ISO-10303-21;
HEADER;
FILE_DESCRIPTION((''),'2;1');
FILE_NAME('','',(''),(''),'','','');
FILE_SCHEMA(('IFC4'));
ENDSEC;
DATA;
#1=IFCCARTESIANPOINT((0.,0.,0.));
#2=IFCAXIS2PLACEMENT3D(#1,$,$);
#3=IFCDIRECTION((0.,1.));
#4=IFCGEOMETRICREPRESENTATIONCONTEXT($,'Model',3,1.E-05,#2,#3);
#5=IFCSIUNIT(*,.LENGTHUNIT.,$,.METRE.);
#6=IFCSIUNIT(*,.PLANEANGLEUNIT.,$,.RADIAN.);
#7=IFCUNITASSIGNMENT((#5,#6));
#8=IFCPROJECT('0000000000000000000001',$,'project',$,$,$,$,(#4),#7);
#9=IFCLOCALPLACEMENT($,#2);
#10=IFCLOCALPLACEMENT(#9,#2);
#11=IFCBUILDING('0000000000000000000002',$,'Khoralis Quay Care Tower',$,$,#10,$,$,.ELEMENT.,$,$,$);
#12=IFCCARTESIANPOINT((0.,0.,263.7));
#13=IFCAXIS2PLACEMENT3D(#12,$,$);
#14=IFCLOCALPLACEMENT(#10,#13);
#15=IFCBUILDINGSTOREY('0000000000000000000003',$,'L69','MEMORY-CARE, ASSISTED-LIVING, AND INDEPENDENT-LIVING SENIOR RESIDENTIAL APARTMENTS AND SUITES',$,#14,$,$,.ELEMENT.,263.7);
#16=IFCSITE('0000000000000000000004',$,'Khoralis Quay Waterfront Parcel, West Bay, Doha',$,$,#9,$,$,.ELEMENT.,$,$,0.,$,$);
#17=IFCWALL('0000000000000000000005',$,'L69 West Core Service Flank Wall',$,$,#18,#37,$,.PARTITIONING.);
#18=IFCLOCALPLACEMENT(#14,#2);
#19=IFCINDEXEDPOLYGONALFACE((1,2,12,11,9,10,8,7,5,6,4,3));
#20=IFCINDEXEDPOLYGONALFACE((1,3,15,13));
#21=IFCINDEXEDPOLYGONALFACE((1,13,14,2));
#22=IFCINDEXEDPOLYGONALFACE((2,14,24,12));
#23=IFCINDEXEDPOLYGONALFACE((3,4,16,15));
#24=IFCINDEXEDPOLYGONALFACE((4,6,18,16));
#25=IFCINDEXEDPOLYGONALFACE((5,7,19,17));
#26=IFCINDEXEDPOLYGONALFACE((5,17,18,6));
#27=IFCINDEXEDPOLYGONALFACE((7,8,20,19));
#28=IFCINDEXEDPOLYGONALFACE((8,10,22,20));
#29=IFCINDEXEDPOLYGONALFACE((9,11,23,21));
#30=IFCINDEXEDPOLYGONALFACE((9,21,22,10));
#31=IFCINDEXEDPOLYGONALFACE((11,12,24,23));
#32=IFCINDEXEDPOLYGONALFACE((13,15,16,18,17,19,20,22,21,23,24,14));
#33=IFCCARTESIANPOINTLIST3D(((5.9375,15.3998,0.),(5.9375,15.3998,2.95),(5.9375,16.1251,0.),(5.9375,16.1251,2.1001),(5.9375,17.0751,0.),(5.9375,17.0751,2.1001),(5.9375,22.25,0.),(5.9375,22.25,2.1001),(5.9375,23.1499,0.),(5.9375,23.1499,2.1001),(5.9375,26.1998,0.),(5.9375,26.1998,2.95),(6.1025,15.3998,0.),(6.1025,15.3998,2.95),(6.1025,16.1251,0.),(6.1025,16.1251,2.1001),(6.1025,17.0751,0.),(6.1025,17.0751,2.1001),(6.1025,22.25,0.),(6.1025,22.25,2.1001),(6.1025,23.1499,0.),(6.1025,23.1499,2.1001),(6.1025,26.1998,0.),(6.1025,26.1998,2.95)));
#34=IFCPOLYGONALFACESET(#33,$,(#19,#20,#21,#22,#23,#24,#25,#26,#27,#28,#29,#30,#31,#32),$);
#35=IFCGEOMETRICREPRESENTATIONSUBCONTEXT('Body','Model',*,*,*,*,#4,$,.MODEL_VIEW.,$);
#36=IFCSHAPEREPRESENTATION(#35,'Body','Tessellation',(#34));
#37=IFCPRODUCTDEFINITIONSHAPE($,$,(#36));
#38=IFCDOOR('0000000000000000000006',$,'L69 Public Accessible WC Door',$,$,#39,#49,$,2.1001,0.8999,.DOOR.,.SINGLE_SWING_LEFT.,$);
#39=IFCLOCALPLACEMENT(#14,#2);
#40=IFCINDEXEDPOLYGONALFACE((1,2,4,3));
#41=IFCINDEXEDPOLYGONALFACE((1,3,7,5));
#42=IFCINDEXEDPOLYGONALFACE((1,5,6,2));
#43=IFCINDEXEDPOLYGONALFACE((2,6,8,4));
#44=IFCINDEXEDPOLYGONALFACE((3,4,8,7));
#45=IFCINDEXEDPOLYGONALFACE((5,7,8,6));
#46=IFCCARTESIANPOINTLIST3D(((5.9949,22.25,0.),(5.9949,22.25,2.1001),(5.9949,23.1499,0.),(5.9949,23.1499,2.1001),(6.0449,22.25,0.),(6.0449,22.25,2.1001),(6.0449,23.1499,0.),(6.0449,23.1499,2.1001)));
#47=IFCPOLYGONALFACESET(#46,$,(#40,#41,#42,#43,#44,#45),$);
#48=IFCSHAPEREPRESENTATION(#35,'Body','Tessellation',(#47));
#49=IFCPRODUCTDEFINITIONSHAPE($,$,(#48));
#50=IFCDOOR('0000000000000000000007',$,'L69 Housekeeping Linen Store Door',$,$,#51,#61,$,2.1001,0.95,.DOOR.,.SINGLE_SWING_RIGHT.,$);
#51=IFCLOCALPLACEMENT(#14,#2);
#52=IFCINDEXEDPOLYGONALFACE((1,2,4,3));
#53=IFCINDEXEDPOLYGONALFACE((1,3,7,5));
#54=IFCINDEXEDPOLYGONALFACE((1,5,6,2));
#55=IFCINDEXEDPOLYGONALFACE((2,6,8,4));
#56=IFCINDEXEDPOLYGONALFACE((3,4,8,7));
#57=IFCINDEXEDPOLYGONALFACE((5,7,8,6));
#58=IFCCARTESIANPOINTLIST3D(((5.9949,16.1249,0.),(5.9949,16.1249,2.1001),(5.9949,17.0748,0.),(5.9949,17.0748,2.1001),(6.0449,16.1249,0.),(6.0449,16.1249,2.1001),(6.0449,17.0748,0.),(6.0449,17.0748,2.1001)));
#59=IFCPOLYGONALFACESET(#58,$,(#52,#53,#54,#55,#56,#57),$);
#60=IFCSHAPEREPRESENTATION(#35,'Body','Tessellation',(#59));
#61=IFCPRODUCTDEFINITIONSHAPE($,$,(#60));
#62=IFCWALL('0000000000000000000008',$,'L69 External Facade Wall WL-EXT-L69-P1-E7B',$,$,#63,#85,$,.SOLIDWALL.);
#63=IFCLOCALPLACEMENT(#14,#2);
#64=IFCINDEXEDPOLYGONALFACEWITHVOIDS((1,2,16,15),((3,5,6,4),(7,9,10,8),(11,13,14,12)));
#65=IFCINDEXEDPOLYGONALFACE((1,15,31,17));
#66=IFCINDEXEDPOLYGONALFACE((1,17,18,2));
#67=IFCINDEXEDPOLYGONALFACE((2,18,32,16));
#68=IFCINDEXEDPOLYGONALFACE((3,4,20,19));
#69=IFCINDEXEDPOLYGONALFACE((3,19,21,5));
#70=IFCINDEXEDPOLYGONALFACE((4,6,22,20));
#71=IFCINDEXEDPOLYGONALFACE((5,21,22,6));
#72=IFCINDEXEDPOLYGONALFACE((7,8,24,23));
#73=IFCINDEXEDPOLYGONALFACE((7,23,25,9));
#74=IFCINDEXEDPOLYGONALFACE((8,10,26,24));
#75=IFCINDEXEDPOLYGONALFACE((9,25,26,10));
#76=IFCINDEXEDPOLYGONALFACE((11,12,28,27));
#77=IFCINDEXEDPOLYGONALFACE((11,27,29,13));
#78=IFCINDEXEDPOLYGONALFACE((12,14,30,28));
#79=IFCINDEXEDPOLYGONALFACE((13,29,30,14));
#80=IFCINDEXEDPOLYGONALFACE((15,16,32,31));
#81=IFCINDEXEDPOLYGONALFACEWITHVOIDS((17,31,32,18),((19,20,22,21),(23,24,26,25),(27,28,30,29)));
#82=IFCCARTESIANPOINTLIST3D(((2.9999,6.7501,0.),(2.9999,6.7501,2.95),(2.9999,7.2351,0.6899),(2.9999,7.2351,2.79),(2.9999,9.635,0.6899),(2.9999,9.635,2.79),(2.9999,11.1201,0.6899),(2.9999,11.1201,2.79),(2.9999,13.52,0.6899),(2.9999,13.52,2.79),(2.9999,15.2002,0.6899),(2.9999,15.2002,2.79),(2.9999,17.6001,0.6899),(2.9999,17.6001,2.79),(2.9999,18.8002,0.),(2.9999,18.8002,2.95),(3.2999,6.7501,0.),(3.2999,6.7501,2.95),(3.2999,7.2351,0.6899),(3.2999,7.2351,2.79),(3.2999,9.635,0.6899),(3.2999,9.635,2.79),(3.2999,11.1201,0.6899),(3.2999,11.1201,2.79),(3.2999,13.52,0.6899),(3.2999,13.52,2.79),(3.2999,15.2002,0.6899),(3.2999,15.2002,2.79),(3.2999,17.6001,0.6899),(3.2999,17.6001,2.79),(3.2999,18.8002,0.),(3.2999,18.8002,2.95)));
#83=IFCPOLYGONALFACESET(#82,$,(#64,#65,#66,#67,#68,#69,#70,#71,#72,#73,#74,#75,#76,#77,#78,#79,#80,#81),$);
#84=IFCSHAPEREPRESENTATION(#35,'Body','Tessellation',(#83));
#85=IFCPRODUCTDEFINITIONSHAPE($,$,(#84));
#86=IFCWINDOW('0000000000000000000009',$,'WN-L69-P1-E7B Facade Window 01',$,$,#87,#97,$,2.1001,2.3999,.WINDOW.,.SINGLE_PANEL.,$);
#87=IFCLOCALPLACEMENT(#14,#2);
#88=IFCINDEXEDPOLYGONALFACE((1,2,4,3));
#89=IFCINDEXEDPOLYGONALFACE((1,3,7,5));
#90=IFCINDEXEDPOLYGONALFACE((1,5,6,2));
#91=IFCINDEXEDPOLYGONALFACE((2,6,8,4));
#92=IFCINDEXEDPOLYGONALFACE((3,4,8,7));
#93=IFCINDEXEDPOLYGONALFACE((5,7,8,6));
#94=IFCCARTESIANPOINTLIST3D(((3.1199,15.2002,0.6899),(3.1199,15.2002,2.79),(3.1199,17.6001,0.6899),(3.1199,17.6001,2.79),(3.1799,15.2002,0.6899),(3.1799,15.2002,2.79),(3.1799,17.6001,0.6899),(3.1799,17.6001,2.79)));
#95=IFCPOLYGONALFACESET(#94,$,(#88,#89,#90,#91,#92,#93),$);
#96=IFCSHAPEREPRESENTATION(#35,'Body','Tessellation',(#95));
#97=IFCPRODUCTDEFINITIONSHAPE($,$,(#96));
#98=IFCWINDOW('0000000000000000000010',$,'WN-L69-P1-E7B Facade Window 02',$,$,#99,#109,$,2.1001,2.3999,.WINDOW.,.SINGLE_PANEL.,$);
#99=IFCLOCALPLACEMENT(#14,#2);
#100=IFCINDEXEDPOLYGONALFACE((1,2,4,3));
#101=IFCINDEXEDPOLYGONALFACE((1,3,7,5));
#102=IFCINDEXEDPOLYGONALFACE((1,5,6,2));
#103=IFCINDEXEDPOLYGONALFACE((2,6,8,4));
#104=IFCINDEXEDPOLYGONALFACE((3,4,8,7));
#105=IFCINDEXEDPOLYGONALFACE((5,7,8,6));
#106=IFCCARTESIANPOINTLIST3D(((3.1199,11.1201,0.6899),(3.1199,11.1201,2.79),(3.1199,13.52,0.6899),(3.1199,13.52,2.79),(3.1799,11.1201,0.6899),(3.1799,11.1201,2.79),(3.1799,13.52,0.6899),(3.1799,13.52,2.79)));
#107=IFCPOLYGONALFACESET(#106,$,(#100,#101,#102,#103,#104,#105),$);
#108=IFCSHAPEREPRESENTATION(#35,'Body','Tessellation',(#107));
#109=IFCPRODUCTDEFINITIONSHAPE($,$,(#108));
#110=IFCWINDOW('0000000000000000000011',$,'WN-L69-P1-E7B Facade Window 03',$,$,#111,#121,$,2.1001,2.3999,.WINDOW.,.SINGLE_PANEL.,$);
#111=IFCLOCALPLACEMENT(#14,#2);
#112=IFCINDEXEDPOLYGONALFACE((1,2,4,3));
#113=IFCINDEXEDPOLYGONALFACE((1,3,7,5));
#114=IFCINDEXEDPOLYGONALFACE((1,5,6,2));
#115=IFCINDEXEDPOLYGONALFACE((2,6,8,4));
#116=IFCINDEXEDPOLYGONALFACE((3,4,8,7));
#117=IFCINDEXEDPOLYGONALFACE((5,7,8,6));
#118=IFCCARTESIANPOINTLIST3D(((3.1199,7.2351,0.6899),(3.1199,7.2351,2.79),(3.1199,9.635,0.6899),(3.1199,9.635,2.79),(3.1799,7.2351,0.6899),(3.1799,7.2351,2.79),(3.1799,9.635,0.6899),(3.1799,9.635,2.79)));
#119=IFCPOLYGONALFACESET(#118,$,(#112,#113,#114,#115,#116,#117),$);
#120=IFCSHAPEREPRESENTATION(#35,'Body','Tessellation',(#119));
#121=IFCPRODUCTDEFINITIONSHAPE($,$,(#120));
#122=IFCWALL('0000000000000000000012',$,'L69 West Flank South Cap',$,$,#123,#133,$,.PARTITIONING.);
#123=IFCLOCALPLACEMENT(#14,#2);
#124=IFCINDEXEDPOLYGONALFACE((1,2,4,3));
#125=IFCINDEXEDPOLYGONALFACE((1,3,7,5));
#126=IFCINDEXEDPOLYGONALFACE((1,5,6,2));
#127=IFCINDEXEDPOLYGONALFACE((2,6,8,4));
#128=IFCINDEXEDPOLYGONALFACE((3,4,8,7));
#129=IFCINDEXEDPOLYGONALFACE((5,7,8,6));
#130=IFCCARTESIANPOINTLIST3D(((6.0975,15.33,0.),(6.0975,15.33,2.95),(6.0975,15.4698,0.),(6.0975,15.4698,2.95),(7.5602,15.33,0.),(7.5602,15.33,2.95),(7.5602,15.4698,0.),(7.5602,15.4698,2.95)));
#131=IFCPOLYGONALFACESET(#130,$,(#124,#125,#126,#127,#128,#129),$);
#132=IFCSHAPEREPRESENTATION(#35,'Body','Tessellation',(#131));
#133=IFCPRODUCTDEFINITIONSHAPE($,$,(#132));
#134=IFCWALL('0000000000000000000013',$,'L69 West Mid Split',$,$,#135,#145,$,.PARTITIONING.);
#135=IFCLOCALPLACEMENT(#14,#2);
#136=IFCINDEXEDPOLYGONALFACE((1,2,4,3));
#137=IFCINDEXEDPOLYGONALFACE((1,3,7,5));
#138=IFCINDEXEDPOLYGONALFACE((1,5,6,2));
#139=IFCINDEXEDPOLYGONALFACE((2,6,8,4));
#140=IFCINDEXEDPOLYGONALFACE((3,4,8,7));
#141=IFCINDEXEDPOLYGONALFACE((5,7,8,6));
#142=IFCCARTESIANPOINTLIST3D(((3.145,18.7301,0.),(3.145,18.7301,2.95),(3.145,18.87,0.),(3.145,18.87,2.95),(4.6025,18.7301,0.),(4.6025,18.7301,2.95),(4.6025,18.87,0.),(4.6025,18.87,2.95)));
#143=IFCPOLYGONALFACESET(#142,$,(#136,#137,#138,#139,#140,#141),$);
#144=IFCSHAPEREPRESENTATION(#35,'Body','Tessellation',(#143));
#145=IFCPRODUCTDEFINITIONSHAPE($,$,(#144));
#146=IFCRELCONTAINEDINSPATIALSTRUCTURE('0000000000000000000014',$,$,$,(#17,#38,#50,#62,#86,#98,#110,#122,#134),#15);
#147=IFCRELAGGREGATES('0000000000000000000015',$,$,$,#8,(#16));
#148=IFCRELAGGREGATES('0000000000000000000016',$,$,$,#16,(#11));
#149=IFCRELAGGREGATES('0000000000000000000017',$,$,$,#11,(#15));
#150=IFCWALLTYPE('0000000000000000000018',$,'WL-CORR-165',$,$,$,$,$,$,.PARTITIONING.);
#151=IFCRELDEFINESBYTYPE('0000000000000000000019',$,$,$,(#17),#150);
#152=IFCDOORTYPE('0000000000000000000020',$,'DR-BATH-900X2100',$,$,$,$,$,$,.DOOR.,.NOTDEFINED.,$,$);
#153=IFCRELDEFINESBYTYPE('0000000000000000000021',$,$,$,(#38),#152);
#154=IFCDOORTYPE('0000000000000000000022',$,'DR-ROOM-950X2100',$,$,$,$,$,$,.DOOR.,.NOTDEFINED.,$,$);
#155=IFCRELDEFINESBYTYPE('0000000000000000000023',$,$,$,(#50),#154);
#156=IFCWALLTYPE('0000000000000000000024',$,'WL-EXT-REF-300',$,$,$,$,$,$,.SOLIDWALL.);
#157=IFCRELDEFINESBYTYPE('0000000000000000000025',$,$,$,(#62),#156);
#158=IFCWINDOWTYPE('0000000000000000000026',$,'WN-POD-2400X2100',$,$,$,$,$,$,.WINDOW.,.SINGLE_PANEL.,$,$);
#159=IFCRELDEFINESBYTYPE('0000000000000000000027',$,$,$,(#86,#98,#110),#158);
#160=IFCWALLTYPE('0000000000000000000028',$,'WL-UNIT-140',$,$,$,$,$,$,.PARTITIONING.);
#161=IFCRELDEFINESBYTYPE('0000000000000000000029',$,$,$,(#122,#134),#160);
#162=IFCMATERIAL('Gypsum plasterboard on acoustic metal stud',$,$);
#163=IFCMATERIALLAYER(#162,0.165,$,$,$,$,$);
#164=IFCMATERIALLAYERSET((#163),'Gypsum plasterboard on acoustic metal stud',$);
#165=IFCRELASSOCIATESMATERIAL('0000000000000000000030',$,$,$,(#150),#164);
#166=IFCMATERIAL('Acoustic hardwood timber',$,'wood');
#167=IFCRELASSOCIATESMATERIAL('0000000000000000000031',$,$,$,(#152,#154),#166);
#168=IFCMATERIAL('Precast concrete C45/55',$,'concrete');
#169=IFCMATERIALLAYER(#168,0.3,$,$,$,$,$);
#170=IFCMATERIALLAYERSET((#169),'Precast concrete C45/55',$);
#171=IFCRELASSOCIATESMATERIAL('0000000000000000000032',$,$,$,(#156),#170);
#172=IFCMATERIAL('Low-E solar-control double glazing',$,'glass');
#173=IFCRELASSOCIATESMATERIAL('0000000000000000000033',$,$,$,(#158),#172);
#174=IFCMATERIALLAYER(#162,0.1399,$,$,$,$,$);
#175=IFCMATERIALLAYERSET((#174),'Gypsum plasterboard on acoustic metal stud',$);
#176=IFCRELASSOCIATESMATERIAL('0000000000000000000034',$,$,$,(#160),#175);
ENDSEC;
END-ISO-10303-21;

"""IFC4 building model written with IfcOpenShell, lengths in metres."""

from ifc_helpers import new_model, si_unit, direction, frame, frame_2d, origin, place, context, subcontext, project, spatial, rectangle, extrude, source, transform, mapped, material, layer, layer_set, type_object, element, fill, save


model = new_model("IFC4")

# Units and contexts
model_context = context("Model", 3, precision=1e-05, world=origin(), true_north=direction((0.0, 1.0)))
body_context = subcontext(model_context, "Body", "Model", "MODEL_VIEW")
ifc_project = project(units=[si_unit("LENGTHUNIT", "METRE"), si_unit("PLANEANGLEUNIT", "RADIAN")], contexts=[model_context])

# Site, building, storey
site_placement = place(None, origin())
site = spatial("IfcSite", under=ifc_project, at=site_placement, Name="Khoralis Quay Waterfront Parcel, West Bay, Doha", CompositionType="ELEMENT", RefElevation=0.0)
building_placement = place(site_placement, origin())
building = spatial("IfcBuilding", under=site, at=building_placement, Name="Khoralis Quay Care Tower", CompositionType="ELEMENT")
storey_placement = place(building_placement, frame((0.0, 0.0, 263.7)))
storey = spatial("IfcBuildingStorey", under=building, at=storey_placement, Name="L69", Description="MEMORY-CARE, ASSISTED-LIVING, AND INDEPENDENT-LIVING SENIOR RESIDENTIAL APARTMENTS AND SUITES", CompositionType="ELEMENT", Elevation=263.7)

# Shared definitions
ifc_material_1 = material(Name="Gypsum plasterboard on acoustic metal stud")

# Wall, openings, doors
ifc_layer_1 = layer(ifc_material_1, 0.165)
ifc_layer_set_1 = layer_set([ifc_layer_1], Name="Gypsum plasterboard on acoustic metal stud")
wall_type_1 = type_object("IfcWallType", Name="WL-CORR-165", PredefinedType="PARTITIONING", material=ifc_layer_set_1)
wall_1_placement = place(storey_placement, frame((6.02, 15.3999, 0.0), z_axis=(0.0, 0.0, 1.0), x_axis=(0.0, 1.0, 0.0)))
wall_1 = element("IfcWall", 1, at=wall_1_placement, inside=storey, type_object=wall_type_1, Name="L69 West Core Service Flank Wall", PredefinedType="PARTITIONING", context=body_context, shape_type="SweptSolid", body=[
    extrude(rectangle(XDim=10.8, YDim=0.165, at=frame_2d((5.3999, 0.0))), origin(), (0.0, 0.0, 1.0), 2.95),
])
opening_1_placement = place(wall_1_placement, frame((0.7251, 0.0, 0.0)))
opening_1 = element("IfcOpeningElement", 2, at=opening_1_placement, cuts=wall_1, PredefinedType="OPENING", context=body_context, shape_type="SweptSolid", body=[
    extrude(rectangle(XDim=0.95, YDim=2.1001, at=frame_2d((0.4751, 1.05))), frame((0.0, 0.0925, 0.0), z_axis=(0.0, -1.0, 0.0), x_axis=(1.0, 0.0, 0.0)), (0.0, 0.0, 1.0), 0.1851),
])
opening_2_placement = place(wall_1_placement, frame((6.8501, 0.0, 0.0)))
opening_2 = element("IfcOpeningElement", 3, at=opening_2_placement, cuts=wall_1, PredefinedType="OPENING", context=body_context, shape_type="SweptSolid", body=[
    extrude(rectangle(XDim=0.8999, YDim=2.1001, at=frame_2d((0.45, 1.05))), frame((0.0, 0.0925, 0.0), z_axis=(0.0, -1.0, 0.0), x_axis=(1.0, 0.0, 0.0)), (0.0, 0.0, 1.0), 0.1851),
])
ifc_material_2 = material(Name="Acoustic hardwood timber", Category="wood")
door_type_1 = type_object("IfcDoorType", Name="DR-BATH-900X2100", OperationType="NOTDEFINED", PredefinedType="DOOR", material=ifc_material_2)
shared_shape_1 = source(origin(), body_context, "Body", "SweptSolid", [
    extrude(rectangle(XDim=0.8999, YDim=2.1001, at=frame_2d((0.45, 1.05))), frame((0.0, 0.0249, 0.0), z_axis=(0.0, -1.0, 0.0), x_axis=(1.0, 0.0, 0.0)), (0.0, 0.0, 1.0), 0.05),
])
door_1_placement = place(opening_2_placement, frame((0.8999, 0.0, 0.0), z_axis=(0.0, 0.0, 1.0), x_axis=(-1.0, 0.0, 0.0)))
door_1 = element("IfcDoor", 4, at=door_1_placement, inside=storey, type_object=door_type_1, Name="L69 Public Accessible WC Door", OperationType="SINGLE_SWING_LEFT", OverallHeight=2.1001, OverallWidth=0.8999, PredefinedType="DOOR", context=body_context, shape_type="MappedRepresentation", body=[
    mapped(shared_shape_1, transform((0.0, 0.0, 0.0), scale=1.0)),
])
fill(opening_2, door_1)
door_type_2 = type_object("IfcDoorType", Name="DR-ROOM-950X2100", OperationType="NOTDEFINED", PredefinedType="DOOR", material=ifc_material_2)
shared_shape_2 = source(origin(), body_context, "Body", "SweptSolid", [
    extrude(rectangle(XDim=0.95, YDim=2.1001, at=frame_2d((0.4751, 1.05))), frame((0.0, 0.0249, 0.0), z_axis=(0.0, -1.0, 0.0), x_axis=(1.0, 0.0, 0.0)), (0.0, 0.0, 1.0), 0.05),
])
door_2_placement = place(opening_1_placement, frame((0.95, 0.0, 0.0), z_axis=(0.0, 0.0, 1.0), x_axis=(-1.0, 0.0, 0.0)))
door_2 = element("IfcDoor", 5, at=door_2_placement, inside=storey, type_object=door_type_2, Name="L69 Housekeeping Linen Store Door", OperationType="SINGLE_SWING_RIGHT", OverallHeight=2.1001, OverallWidth=0.95, PredefinedType="DOOR", context=body_context, shape_type="MappedRepresentation", body=[
    mapped(shared_shape_2, transform((0.0, 0.0, 0.0), scale=1.0)),
])
fill(opening_1, door_2)

# Wall, openings, windows
ifc_material_3 = material(Name="Precast concrete C45/55", Category="concrete")
ifc_layer_2 = layer(ifc_material_3, 0.3)
ifc_layer_set_2 = layer_set([ifc_layer_2], Name="Precast concrete C45/55")
wall_type_2 = type_object("IfcWallType", Name="WL-EXT-REF-300", PredefinedType="SOLIDWALL", material=ifc_layer_set_2)
wall_2_placement = place(storey_placement, frame((3.1499, 18.8, 0.0), z_axis=(0.0, 0.0, 1.0), x_axis=(0.0, -1.0, 0.0)))
wall_2 = element("IfcWall", 6, at=wall_2_placement, inside=storey, type_object=wall_type_2, Name="L69 External Facade Wall WL-EXT-L69-P1-E7B", PredefinedType="SOLIDWALL", context=body_context, shape_type="SweptSolid", body=[
    extrude(rectangle(XDim=12.05, YDim=0.3, at=frame_2d((6.0249, 0.0))), origin(), (0.0, 0.0, 1.0), 2.95),
])
opening_3_placement = place(wall_2_placement, frame((1.2, 0.0, 0.6899)))
opening_3 = element("IfcOpeningElement", 7, at=opening_3_placement, cuts=wall_2, PredefinedType="OPENING", context=body_context, shape_type="SweptSolid", body=[
    extrude(rectangle(XDim=2.3999, YDim=2.1001, at=frame_2d((1.2, 1.05))), frame((0.0, 0.1602, 0.0), z_axis=(0.0, -1.0, 0.0), x_axis=(1.0, 0.0, 0.0)), (0.0, 0.0, 1.0), 0.3201),
])
opening_4_placement = place(wall_2_placement, frame((5.28, 0.0, 0.6899)))
opening_4 = element("IfcOpeningElement", 8, at=opening_4_placement, cuts=wall_2, PredefinedType="OPENING", context=body_context, shape_type="SweptSolid", body=[
    extrude(rectangle(XDim=2.3999, YDim=2.1001, at=frame_2d((1.2, 1.05))), frame((0.0, 0.1602, 0.0), z_axis=(0.0, -1.0, 0.0), x_axis=(1.0, 0.0, 0.0)), (0.0, 0.0, 1.0), 0.3201),
])
opening_5_placement = place(wall_2_placement, frame((9.165, 0.0, 0.6899)))
opening_5 = element("IfcOpeningElement", 9, at=opening_5_placement, cuts=wall_2, PredefinedType="OPENING", context=body_context, shape_type="SweptSolid", body=[
    extrude(rectangle(XDim=2.3999, YDim=2.1001, at=frame_2d((1.2, 1.05))), frame((0.0, 0.1602, 0.0), z_axis=(0.0, -1.0, 0.0), x_axis=(1.0, 0.0, 0.0)), (0.0, 0.0, 1.0), 0.3201),
])
ifc_material_4 = material(Name="Low-E solar-control double glazing", Category="glass")
window_type = type_object("IfcWindowType", Name="WN-POD-2400X2100", PartitioningType="SINGLE_PANEL", PredefinedType="WINDOW", material=ifc_material_4)
shared_shape_3 = source(origin(), body_context, "Body", "SweptSolid", [
    extrude(rectangle(XDim=2.3999, YDim=2.1001, at=frame_2d((1.2, 1.05))), frame((0.0, 0.03, 0.0), z_axis=(0.0, -1.0, 0.0), x_axis=(1.0, 0.0, 0.0)), (0.0, 0.0, 1.0), 0.0601),
])
window_1_placement = place(opening_3_placement, origin())
window_1 = element("IfcWindow", 10, at=window_1_placement, inside=storey, type_object=window_type, Name="WN-L69-P1-E7B Facade Window 01", OverallHeight=2.1001, OverallWidth=2.3999, PartitioningType="SINGLE_PANEL", PredefinedType="WINDOW", context=body_context, shape_type="MappedRepresentation", body=[
    mapped(shared_shape_3, transform((0.0, 0.0, 0.0), scale=1.0)),
])
fill(opening_3, window_1)
window_2_placement = place(opening_4_placement, origin())
window_2 = element("IfcWindow", 11, at=window_2_placement, inside=storey, type_object=window_type, Name="WN-L69-P1-E7B Facade Window 02", OverallHeight=2.1001, OverallWidth=2.3999, PartitioningType="SINGLE_PANEL", PredefinedType="WINDOW", context=body_context, shape_type="MappedRepresentation", body=[
    mapped(shared_shape_3, transform((0.0, 0.0, 0.0), scale=1.0)),
])
fill(opening_4, window_2)
window_3_placement = place(opening_5_placement, origin())
window_3 = element("IfcWindow", 12, at=window_3_placement, inside=storey, type_object=window_type, Name="WN-L69-P1-E7B Facade Window 03", OverallHeight=2.1001, OverallWidth=2.3999, PartitioningType="SINGLE_PANEL", PredefinedType="WINDOW", context=body_context, shape_type="MappedRepresentation", body=[
    mapped(shared_shape_3, transform((0.0, 0.0, 0.0), scale=1.0)),
])
fill(opening_5, window_3)

# Walls
ifc_layer_3 = layer(ifc_material_1, 0.1399)
ifc_layer_set_3 = layer_set([ifc_layer_3], Name="Gypsum plasterboard on acoustic metal stud")
wall_type_3 = type_object("IfcWallType", Name="WL-UNIT-140", PredefinedType="PARTITIONING", material=ifc_layer_set_3)
wall_3_placement = place(storey_placement, frame((6.0974, 15.3999, 0.0), z_axis=(0.0, 0.0, 1.0), x_axis=(1.0, 0.0, 0.0)))
element("IfcWall", 13, at=wall_3_placement, inside=storey, type_object=wall_type_3, Name="L69 West Flank South Cap", PredefinedType="PARTITIONING", context=body_context, shape_type="SweptSolid", body=[
    extrude(rectangle(XDim=1.4626, YDim=0.1399, at=frame_2d((0.7314, 0.0))), origin(), (0.0, 0.0, 1.0), 2.95),
])
wall_4_placement = place(storey_placement, frame((3.145, 18.8, 0.0), z_axis=(0.0, 0.0, 1.0), x_axis=(1.0, 0.0, 0.0)))
element("IfcWall", 14, at=wall_4_placement, inside=storey, type_object=wall_type_3, Name="L69 West Mid Split", PredefinedType="PARTITIONING", context=body_context, shape_type="SweptSolid", body=[
    extrude(rectangle(XDim=1.4575, YDim=0.1399, at=frame_2d((0.7288, 0.0))), origin(), (0.0, 0.0, 1.0), 2.95),
])

save(model, "model.ifc")
